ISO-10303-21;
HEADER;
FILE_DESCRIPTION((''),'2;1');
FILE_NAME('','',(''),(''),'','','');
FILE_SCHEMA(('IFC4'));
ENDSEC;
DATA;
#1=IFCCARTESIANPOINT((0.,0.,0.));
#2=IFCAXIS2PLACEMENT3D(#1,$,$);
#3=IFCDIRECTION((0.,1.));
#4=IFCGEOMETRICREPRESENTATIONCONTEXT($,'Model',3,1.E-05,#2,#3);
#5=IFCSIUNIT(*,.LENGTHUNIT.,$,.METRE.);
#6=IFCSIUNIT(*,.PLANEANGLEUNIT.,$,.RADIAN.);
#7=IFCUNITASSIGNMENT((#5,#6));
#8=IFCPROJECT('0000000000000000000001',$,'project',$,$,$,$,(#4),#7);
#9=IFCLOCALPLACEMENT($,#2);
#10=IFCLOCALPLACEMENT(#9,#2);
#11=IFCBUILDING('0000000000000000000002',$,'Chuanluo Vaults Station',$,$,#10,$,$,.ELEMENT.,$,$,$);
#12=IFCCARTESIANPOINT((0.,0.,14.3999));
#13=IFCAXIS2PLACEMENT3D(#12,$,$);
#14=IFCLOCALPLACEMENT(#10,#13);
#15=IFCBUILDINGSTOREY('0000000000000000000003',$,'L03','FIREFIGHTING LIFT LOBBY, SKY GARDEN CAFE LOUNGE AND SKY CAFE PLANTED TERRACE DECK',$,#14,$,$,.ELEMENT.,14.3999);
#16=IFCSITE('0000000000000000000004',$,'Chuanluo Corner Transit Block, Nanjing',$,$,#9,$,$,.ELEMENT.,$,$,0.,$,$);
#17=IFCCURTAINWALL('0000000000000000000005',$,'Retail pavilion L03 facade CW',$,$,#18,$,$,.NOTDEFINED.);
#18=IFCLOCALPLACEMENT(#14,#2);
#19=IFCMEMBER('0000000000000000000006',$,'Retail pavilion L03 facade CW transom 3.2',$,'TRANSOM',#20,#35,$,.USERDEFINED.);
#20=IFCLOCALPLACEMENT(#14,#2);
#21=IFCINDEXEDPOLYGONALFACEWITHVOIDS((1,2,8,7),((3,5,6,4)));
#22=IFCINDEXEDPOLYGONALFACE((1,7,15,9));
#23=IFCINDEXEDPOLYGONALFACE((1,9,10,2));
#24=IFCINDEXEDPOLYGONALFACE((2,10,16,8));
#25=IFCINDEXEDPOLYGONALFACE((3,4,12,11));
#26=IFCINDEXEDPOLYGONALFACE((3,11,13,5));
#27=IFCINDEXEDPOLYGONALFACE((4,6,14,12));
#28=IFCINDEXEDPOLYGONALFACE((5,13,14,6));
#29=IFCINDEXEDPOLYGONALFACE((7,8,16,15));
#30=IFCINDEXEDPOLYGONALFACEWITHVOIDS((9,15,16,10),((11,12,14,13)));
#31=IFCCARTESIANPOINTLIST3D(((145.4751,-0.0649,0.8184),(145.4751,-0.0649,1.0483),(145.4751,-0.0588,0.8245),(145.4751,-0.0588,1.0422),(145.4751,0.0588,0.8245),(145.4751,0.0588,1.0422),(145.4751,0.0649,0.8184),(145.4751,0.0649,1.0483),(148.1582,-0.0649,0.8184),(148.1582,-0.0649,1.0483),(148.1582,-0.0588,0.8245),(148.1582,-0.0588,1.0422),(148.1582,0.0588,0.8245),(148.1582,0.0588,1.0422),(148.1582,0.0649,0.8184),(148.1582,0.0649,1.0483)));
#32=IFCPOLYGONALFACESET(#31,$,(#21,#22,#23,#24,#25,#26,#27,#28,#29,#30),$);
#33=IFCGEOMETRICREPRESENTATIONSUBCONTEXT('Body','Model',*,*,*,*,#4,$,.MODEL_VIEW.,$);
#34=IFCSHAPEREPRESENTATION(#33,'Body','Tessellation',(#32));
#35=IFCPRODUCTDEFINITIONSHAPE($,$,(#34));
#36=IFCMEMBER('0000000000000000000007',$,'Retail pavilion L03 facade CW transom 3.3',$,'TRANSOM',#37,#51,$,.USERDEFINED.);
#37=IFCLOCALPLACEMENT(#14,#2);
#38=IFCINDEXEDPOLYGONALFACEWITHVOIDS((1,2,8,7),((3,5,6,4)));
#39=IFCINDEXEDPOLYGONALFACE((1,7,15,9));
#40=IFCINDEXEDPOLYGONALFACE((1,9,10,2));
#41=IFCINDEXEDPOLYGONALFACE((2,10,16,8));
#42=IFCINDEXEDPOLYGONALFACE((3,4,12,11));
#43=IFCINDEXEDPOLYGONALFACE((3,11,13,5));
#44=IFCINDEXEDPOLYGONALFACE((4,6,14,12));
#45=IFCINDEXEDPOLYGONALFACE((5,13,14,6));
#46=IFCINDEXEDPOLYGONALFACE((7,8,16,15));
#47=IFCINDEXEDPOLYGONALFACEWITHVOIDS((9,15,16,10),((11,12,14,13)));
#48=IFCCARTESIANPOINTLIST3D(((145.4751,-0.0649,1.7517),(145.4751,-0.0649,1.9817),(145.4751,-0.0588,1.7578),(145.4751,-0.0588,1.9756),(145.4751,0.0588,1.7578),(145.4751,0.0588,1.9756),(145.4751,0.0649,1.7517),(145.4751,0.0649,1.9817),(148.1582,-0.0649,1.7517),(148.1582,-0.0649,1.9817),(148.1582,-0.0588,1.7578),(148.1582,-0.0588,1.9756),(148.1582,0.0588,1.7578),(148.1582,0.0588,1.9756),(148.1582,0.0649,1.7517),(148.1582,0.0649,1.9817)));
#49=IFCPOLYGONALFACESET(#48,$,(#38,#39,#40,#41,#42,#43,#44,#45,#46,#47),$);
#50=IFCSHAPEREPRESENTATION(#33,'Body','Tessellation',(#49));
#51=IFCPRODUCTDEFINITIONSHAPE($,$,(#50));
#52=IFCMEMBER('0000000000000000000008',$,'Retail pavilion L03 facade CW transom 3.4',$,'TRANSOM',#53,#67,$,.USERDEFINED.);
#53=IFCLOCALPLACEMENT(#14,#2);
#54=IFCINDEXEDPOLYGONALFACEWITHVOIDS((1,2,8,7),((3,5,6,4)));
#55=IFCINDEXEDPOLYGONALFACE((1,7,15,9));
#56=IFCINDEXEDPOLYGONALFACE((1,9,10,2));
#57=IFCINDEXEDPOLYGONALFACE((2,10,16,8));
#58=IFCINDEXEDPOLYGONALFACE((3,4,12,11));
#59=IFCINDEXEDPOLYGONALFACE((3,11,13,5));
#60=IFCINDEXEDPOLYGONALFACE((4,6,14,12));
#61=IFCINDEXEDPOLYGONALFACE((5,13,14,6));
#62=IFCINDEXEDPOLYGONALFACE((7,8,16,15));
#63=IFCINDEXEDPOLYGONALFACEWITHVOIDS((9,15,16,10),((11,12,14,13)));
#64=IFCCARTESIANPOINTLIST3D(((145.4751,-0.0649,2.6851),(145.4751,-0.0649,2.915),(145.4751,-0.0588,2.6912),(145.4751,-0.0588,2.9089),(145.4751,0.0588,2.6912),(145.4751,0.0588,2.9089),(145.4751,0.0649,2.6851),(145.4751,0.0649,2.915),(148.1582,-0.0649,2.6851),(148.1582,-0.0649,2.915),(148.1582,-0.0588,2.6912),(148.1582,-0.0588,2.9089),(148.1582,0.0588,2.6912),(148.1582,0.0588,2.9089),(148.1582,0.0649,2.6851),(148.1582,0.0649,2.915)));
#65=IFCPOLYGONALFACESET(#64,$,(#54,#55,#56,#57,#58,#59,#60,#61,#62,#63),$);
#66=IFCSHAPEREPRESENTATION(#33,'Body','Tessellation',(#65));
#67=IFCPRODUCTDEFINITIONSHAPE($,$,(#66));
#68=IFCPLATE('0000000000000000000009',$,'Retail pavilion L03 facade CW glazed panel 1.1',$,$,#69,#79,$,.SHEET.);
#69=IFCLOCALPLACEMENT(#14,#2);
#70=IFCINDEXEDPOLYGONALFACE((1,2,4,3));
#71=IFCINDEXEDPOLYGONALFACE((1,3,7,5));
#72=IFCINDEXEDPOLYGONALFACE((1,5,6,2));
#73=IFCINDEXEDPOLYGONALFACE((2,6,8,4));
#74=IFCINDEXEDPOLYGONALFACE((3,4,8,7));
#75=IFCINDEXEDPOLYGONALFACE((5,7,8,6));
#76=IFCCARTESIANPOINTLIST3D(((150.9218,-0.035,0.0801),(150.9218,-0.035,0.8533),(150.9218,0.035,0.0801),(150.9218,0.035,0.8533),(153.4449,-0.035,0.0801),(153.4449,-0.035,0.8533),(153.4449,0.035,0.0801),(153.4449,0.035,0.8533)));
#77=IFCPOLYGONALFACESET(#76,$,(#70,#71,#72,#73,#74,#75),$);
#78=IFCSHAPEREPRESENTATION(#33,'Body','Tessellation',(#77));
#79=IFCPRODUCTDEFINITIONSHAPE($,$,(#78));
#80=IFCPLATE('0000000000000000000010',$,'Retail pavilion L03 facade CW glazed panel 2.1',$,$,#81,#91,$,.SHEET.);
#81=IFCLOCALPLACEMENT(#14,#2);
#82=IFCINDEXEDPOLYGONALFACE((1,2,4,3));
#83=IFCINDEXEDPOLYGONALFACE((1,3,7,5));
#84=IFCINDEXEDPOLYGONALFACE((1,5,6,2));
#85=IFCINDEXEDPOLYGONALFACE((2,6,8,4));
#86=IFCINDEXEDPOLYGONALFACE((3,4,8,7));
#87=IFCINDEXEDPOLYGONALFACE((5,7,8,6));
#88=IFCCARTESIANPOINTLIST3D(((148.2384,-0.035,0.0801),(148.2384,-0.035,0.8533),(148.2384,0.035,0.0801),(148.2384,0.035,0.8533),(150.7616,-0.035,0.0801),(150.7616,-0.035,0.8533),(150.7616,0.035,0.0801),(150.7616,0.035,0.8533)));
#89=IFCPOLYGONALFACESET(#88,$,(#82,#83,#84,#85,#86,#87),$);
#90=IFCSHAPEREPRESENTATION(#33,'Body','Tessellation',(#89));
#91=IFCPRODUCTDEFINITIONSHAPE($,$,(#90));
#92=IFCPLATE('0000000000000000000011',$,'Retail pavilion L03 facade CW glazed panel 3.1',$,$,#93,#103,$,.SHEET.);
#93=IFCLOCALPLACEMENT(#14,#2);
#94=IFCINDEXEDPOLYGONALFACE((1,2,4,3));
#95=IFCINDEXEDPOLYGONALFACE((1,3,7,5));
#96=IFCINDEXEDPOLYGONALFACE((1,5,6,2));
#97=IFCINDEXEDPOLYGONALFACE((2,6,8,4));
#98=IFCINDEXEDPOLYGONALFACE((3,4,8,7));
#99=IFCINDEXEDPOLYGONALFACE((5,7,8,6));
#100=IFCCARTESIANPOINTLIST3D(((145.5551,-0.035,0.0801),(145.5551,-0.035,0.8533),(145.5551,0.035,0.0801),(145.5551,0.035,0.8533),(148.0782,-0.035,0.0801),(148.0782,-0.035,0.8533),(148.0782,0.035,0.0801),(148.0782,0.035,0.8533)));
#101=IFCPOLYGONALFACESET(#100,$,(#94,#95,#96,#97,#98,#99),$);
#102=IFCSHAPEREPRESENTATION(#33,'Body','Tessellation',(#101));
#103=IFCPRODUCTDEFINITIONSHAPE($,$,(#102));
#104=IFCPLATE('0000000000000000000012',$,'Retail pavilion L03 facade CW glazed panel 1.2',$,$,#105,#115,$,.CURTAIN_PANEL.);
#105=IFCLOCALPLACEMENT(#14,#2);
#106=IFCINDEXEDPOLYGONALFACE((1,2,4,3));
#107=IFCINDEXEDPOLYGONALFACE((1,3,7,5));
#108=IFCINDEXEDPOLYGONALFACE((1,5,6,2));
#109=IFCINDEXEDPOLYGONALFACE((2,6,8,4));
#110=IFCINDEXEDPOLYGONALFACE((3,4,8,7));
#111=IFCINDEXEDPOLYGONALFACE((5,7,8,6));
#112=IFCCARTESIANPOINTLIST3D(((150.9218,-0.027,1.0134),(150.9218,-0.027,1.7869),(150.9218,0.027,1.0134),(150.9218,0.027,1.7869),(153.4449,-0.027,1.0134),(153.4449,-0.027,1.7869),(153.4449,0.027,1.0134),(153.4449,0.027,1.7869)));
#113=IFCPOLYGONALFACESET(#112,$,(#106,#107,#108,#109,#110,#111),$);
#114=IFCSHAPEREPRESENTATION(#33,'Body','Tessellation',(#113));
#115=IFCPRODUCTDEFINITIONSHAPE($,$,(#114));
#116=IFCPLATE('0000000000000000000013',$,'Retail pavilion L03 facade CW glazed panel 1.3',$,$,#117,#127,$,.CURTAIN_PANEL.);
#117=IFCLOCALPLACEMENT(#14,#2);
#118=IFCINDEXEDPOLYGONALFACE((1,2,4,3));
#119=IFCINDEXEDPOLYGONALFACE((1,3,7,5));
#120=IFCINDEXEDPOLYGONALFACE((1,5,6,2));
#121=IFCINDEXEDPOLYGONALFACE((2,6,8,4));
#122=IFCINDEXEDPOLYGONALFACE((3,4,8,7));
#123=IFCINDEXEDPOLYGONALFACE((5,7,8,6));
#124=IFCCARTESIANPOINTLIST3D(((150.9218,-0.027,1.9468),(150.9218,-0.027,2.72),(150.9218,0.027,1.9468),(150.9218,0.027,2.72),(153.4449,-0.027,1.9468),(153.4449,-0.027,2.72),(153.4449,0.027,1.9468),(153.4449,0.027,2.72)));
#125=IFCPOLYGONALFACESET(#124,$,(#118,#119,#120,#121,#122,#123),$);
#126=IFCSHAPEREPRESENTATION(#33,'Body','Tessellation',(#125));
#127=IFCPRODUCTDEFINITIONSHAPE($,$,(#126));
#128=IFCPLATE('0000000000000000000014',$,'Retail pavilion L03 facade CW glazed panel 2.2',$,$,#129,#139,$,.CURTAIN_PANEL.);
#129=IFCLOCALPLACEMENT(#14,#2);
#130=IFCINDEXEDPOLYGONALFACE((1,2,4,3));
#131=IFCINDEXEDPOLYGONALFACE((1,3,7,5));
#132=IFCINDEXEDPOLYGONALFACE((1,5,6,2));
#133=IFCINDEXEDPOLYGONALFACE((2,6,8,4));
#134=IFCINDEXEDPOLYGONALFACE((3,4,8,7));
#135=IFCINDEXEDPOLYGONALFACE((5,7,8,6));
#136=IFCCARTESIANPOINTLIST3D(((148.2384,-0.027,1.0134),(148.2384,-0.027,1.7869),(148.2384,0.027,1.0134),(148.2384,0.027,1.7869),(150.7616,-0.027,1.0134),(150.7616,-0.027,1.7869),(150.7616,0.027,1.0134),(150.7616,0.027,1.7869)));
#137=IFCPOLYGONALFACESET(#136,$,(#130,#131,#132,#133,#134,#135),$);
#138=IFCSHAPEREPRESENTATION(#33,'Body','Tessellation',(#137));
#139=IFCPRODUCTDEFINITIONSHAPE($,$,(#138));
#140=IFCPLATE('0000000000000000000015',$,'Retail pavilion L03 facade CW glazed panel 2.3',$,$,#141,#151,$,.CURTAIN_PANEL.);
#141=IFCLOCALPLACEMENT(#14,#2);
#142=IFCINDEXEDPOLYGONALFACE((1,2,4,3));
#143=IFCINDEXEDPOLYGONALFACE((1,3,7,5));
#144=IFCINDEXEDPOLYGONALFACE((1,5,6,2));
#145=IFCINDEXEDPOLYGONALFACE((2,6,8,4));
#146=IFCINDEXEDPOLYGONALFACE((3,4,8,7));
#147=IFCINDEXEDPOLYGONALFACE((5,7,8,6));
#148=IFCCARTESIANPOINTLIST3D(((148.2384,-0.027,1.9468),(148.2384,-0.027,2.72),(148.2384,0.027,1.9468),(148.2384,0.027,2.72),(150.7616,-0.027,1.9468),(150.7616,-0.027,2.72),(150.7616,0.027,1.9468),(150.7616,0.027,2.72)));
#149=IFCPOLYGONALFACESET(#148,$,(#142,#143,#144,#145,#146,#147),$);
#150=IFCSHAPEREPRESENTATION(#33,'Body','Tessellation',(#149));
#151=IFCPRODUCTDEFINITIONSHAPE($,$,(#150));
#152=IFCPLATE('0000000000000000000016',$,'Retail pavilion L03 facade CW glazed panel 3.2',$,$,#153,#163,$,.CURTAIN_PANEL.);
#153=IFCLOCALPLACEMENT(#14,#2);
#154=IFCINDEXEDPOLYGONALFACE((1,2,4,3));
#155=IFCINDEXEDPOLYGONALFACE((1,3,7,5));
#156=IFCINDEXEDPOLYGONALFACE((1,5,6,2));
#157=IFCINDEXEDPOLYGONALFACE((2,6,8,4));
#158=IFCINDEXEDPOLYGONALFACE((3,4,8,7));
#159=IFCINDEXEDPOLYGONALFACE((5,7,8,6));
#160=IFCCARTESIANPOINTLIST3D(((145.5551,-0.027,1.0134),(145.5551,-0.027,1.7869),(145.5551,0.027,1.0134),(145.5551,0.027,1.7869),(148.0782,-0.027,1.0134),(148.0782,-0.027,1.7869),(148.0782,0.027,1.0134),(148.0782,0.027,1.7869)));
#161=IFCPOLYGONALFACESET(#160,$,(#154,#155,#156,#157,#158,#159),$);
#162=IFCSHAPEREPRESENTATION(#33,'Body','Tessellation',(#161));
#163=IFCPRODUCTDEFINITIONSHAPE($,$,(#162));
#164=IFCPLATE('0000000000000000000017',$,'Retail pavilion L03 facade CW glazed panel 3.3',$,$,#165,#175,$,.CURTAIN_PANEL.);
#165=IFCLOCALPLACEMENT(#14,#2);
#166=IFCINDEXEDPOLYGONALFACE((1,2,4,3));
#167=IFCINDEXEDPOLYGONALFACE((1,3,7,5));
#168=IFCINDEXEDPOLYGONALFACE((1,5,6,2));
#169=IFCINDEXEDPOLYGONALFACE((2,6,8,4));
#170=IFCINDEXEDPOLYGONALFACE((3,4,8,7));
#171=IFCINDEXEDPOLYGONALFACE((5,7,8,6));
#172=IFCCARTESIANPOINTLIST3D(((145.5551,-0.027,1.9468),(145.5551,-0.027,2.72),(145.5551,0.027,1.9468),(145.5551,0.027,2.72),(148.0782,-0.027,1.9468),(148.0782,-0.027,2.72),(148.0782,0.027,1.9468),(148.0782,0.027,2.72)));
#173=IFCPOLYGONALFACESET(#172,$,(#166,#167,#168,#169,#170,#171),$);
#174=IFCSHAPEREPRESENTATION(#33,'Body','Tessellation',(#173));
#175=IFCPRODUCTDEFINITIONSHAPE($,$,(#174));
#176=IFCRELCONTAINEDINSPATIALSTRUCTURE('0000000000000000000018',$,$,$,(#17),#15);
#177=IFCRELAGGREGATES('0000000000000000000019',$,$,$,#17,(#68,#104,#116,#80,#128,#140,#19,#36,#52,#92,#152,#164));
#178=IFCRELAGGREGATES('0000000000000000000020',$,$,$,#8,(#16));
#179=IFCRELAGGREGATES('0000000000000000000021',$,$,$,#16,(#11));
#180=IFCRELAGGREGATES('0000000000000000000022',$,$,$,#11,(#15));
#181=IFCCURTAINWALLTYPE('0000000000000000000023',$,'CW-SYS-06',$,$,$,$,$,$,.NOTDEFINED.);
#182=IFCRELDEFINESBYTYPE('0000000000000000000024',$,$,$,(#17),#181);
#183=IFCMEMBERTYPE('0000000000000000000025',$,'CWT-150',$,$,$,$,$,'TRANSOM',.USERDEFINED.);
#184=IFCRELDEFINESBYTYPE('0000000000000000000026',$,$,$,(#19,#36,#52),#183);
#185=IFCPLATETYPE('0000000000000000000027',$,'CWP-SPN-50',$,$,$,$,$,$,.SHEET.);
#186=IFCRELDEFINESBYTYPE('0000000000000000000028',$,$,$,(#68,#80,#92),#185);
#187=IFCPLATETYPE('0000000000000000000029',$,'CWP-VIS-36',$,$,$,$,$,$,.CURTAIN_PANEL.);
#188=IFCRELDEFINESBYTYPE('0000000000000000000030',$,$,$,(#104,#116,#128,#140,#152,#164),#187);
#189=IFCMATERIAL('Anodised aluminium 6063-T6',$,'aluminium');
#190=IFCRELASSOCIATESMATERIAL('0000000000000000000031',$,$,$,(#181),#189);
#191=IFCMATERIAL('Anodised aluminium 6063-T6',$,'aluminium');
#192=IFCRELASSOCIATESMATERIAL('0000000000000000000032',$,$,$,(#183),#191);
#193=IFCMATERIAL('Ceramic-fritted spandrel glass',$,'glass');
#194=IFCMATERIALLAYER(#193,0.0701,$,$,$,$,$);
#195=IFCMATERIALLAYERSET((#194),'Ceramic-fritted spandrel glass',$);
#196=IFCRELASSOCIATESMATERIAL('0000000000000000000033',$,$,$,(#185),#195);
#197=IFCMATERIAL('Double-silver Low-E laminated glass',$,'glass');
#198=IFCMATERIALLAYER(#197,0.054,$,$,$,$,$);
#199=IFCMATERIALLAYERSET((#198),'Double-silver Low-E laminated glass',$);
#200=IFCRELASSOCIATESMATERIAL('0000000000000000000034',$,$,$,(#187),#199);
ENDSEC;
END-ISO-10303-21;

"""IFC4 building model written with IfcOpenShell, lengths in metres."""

from ifc_helpers import new_model, si_unit, direction, frame, origin, origin_2d, place, context, subcontext, project, spatial, rectangle, hollow_rectangle, extrude, material, layer, layer_set, material_profile, profile_set, type_object, element, aggregate, save


model = new_model("IFC4")

# Units and contexts
model_context = context("Model", 3, precision=1e-05, world=origin(), true_north=direction((0.0, 1.0)))
body_context = subcontext(model_context, "Body", "Model", "MODEL_VIEW")
ifc_project = project(units=[si_unit("LENGTHUNIT", "METRE"), si_unit("PLANEANGLEUNIT", "RADIAN")], contexts=[model_context])

# Site, building, storey
site_placement = place(None, origin())
site = spatial("IfcSite", under=ifc_project, at=site_placement, Name="Chuanluo Corner Transit Block, Nanjing", CompositionType="ELEMENT", RefElevation=0.0)
building_placement = place(site_placement, origin())
building = spatial("IfcBuilding", under=site, at=building_placement, Name="Chuanluo Vaults Station", CompositionType="ELEMENT")
storey_placement = place(building_placement, frame((0.0, 0.0, 14.3999)))
storey = spatial("IfcBuildingStorey", under=building, at=storey_placement, Name="L03", Description="FIREFIGHTING LIFT LOBBY, SKY GARDEN CAFE LOUNGE AND SKY CAFE PLANTED TERRACE DECK", CompositionType="ELEMENT", Elevation=14.3999)

# Curtain wall, members, plates
ifc_material_1 = material(Name="Anodised aluminium 6063-T6", Category="aluminium")
curtain_wall_type = type_object("IfcCurtainWallType", Name="CW-SYS-06", PredefinedType="NOTDEFINED", material=ifc_material_1)
curtain_wall_placement = place(storey_placement, origin())
curtain_wall = element("IfcCurtainWall", 1, at=curtain_wall_placement, inside=storey, type_object=curtain_wall_type, Name="Retail pavilion L03 facade CW", PredefinedType="NOTDEFINED")
ifc_material_2 = material(Name="Anodised aluminium 6063-T6", Category="aluminium")
ifc_material_profile_1 = material_profile(ifc_material_2, hollow_rectangle(XDim=0.1299, YDim=0.23, WallThickness=0.0061, at=origin_2d()))
ifc_profile_set_1 = profile_set([ifc_material_profile_1], Name="Anodised aluminium 6063-T6")
member_type_1 = type_object("IfcMemberType", Name="CWT-150", ElementType="TRANSOM", PredefinedType="USERDEFINED", material=ifc_profile_set_1)
member_1_placement = place(storey_placement, frame((148.1582, 0.0, 0.9333), z_axis=(-1.0, 0.0, 0.0), x_axis=(0.0, -1.0, 0.0)))
member_1 = element("IfcMember", 2, at=member_1_placement, type_object=member_type_1, Name="Retail pavilion L03 facade CW transom 3.2", ObjectType="TRANSOM", PredefinedType="USERDEFINED", context=body_context, shape_type="SweptSolid", body=[
    extrude(hollow_rectangle(XDim=0.1299, YDim=0.23, WallThickness=0.0061, at=origin_2d()), origin(), (0.0, 0.0, 1.0), 2.6831),
])
member_2_placement = place(storey_placement, frame((148.1582, 0.0, 1.8667), z_axis=(-1.0, 0.0, 0.0), x_axis=(0.0, -1.0, 0.0)))
member_2 = element("IfcMember", 3, at=member_2_placement, type_object=member_type_1, Name="Retail pavilion L03 facade CW transom 3.3", ObjectType="TRANSOM", PredefinedType="USERDEFINED", context=body_context, shape_type="SweptSolid", body=[
    extrude(hollow_rectangle(XDim=0.1299, YDim=0.23, WallThickness=0.0061, at=origin_2d()), origin(), (0.0, 0.0, 1.0), 2.6831),
])
member_3_placement = place(storey_placement, frame((148.1582, 0.0, 2.8), z_axis=(-1.0, 0.0, 0.0), x_axis=(0.0, -1.0, 0.0)))
member_3 = element("IfcMember", 4, at=member_3_placement, type_object=member_type_1, Name="Retail pavilion L03 facade CW transom 3.4", ObjectType="TRANSOM", PredefinedType="USERDEFINED", context=body_context, shape_type="SweptSolid", body=[
    extrude(hollow_rectangle(XDim=0.1299, YDim=0.23, WallThickness=0.0061, at=origin_2d()), origin(), (0.0, 0.0, 1.0), 2.6831),
])
ifc_material_3 = material(Name="Ceramic-fritted spandrel glass", Category="glass")
ifc_layer_1 = layer(ifc_material_3, 0.0701)
ifc_layer_set_1 = layer_set([ifc_layer_1], Name="Ceramic-fritted spandrel glass")
plate_type_1 = type_object("IfcPlateType", Name="CWP-SPN-50", PredefinedType="SHEET", material=ifc_layer_set_1)
plate_1_placement = place(storey_placement, frame((152.1833, 0.0, 0.0801), z_axis=(0.0, 0.0, 1.0), x_axis=(-1.0, 0.0, 0.0)))
plate_1 = element("IfcPlate", 5, at=plate_1_placement, type_object=plate_type_1, Name="Retail pavilion L03 facade CW glazed panel 1.1", PredefinedType="SHEET", context=body_context, shape_type="SweptSolid", body=[
    extrude(rectangle(XDim=2.5232, YDim=0.0701, at=origin_2d()), origin(), (0.0, 0.0, 1.0), 0.7732),
])
plate_2_placement = place(storey_placement, frame((149.5, 0.0, 0.0801), z_axis=(0.0, 0.0, 1.0), x_axis=(-1.0, 0.0, 0.0)))
plate_2 = element("IfcPlate", 6, at=plate_2_placement, type_object=plate_type_1, Name="Retail pavilion L03 facade CW glazed panel 2.1", PredefinedType="SHEET", context=body_context, shape_type="SweptSolid", body=[
    extrude(rectangle(XDim=2.5232, YDim=0.0701, at=origin_2d()), origin(), (0.0, 0.0, 1.0), 0.7732),
])
plate_3_placement = place(storey_placement, frame((146.8167, 0.0, 0.0801), z_axis=(0.0, 0.0, 1.0), x_axis=(-1.0, 0.0, 0.0)))
plate_3 = element("IfcPlate", 7, at=plate_3_placement, type_object=plate_type_1, Name="Retail pavilion L03 facade CW glazed panel 3.1", PredefinedType="SHEET", context=body_context, shape_type="SweptSolid", body=[
    extrude(rectangle(XDim=2.5232, YDim=0.0701, at=origin_2d()), origin(), (0.0, 0.0, 1.0), 0.7732),
])
ifc_material_4 = material(Name="Double-silver Low-E laminated glass", Category="glass")
ifc_layer_2 = layer(ifc_material_4, 0.054)
ifc_layer_set_2 = layer_set([ifc_layer_2], Name="Double-silver Low-E laminated glass")
plate_type_2 = type_object("IfcPlateType", Name="CWP-VIS-36", PredefinedType="CURTAIN_PANEL", material=ifc_layer_set_2)
plate_4_placement = place(storey_placement, frame((152.1833, 0.0, 1.0134), z_axis=(0.0, 0.0, 1.0), x_axis=(-1.0, 0.0, 0.0)))
plate_4 = element("IfcPlate", 8, at=plate_4_placement, type_object=plate_type_2, Name="Retail pavilion L03 facade CW glazed panel 1.2", PredefinedType="CURTAIN_PANEL", context=body_context, shape_type="SweptSolid", body=[
    extrude(rectangle(XDim=2.5232, YDim=0.054, at=origin_2d()), origin(), (0.0, 0.0, 1.0), 0.7734),
])
plate_5_placement = place(storey_placement, frame((152.1833, 0.0, 1.9468), z_axis=(0.0, 0.0, 1.0), x_axis=(-1.0, 0.0, 0.0)))
plate_5 = element("IfcPlate", 9, at=plate_5_placement, type_object=plate_type_2, Name="Retail pavilion L03 facade CW glazed panel 1.3", PredefinedType="CURTAIN_PANEL", context=body_context, shape_type="SweptSolid", body=[
    extrude(rectangle(XDim=2.5232, YDim=0.054, at=origin_2d()), origin(), (0.0, 0.0, 1.0), 0.7732),
])
plate_6_placement = place(storey_placement, frame((149.5, 0.0, 1.0134), z_axis=(0.0, 0.0, 1.0), x_axis=(-1.0, 0.0, 0.0)))
plate_6 = element("IfcPlate", 10, at=plate_6_placement, type_object=plate_type_2, Name="Retail pavilion L03 facade CW glazed panel 2.2", PredefinedType="CURTAIN_PANEL", context=body_context, shape_type="SweptSolid", body=[
    extrude(rectangle(XDim=2.5232, YDim=0.054, at=origin_2d()), origin(), (0.0, 0.0, 1.0), 0.7734),
])
plate_7_placement = place(storey_placement, frame((149.5, 0.0, 1.9468), z_axis=(0.0, 0.0, 1.0), x_axis=(-1.0, 0.0, 0.0)))
plate_7 = element("IfcPlate", 11, at=plate_7_placement, type_object=plate_type_2, Name="Retail pavilion L03 facade CW glazed panel 2.3", PredefinedType="CURTAIN_PANEL", context=body_context, shape_type="SweptSolid", body=[
    extrude(rectangle(XDim=2.5232, YDim=0.054, at=origin_2d()), origin(), (0.0, 0.0, 1.0), 0.7732),
])
plate_8_placement = place(storey_placement, frame((146.8167, 0.0, 1.0134), z_axis=(0.0, 0.0, 1.0), x_axis=(-1.0, 0.0, 0.0)))
plate_8 = element("IfcPlate", 12, at=plate_8_placement, type_object=plate_type_2, Name="Retail pavilion L03 facade CW glazed panel 3.2", PredefinedType="CURTAIN_PANEL", context=body_context, shape_type="SweptSolid", body=[
    extrude(rectangle(XDim=2.5232, YDim=0.054, at=origin_2d()), origin(), (0.0, 0.0, 1.0), 0.7734),
])
plate_9_placement = place(storey_placement, frame((146.8167, 0.0, 1.9468), z_axis=(0.0, 0.0, 1.0), x_axis=(-1.0, 0.0, 0.0)))
plate_9 = element("IfcPlate", 13, at=plate_9_placement, type_object=plate_type_2, Name="Retail pavilion L03 facade CW glazed panel 3.3", PredefinedType="CURTAIN_PANEL", context=body_context, shape_type="SweptSolid", body=[
    extrude(rectangle(XDim=2.5232, YDim=0.054, at=origin_2d()), origin(), (0.0, 0.0, 1.0), 0.7732),
])
aggregate(curtain_wall, [plate_1, plate_4, plate_5, plate_2, plate_6, plate_7, member_1, member_2, member_3, plate_3, plate_8, plate_9])

save(model, "model.ifc")
